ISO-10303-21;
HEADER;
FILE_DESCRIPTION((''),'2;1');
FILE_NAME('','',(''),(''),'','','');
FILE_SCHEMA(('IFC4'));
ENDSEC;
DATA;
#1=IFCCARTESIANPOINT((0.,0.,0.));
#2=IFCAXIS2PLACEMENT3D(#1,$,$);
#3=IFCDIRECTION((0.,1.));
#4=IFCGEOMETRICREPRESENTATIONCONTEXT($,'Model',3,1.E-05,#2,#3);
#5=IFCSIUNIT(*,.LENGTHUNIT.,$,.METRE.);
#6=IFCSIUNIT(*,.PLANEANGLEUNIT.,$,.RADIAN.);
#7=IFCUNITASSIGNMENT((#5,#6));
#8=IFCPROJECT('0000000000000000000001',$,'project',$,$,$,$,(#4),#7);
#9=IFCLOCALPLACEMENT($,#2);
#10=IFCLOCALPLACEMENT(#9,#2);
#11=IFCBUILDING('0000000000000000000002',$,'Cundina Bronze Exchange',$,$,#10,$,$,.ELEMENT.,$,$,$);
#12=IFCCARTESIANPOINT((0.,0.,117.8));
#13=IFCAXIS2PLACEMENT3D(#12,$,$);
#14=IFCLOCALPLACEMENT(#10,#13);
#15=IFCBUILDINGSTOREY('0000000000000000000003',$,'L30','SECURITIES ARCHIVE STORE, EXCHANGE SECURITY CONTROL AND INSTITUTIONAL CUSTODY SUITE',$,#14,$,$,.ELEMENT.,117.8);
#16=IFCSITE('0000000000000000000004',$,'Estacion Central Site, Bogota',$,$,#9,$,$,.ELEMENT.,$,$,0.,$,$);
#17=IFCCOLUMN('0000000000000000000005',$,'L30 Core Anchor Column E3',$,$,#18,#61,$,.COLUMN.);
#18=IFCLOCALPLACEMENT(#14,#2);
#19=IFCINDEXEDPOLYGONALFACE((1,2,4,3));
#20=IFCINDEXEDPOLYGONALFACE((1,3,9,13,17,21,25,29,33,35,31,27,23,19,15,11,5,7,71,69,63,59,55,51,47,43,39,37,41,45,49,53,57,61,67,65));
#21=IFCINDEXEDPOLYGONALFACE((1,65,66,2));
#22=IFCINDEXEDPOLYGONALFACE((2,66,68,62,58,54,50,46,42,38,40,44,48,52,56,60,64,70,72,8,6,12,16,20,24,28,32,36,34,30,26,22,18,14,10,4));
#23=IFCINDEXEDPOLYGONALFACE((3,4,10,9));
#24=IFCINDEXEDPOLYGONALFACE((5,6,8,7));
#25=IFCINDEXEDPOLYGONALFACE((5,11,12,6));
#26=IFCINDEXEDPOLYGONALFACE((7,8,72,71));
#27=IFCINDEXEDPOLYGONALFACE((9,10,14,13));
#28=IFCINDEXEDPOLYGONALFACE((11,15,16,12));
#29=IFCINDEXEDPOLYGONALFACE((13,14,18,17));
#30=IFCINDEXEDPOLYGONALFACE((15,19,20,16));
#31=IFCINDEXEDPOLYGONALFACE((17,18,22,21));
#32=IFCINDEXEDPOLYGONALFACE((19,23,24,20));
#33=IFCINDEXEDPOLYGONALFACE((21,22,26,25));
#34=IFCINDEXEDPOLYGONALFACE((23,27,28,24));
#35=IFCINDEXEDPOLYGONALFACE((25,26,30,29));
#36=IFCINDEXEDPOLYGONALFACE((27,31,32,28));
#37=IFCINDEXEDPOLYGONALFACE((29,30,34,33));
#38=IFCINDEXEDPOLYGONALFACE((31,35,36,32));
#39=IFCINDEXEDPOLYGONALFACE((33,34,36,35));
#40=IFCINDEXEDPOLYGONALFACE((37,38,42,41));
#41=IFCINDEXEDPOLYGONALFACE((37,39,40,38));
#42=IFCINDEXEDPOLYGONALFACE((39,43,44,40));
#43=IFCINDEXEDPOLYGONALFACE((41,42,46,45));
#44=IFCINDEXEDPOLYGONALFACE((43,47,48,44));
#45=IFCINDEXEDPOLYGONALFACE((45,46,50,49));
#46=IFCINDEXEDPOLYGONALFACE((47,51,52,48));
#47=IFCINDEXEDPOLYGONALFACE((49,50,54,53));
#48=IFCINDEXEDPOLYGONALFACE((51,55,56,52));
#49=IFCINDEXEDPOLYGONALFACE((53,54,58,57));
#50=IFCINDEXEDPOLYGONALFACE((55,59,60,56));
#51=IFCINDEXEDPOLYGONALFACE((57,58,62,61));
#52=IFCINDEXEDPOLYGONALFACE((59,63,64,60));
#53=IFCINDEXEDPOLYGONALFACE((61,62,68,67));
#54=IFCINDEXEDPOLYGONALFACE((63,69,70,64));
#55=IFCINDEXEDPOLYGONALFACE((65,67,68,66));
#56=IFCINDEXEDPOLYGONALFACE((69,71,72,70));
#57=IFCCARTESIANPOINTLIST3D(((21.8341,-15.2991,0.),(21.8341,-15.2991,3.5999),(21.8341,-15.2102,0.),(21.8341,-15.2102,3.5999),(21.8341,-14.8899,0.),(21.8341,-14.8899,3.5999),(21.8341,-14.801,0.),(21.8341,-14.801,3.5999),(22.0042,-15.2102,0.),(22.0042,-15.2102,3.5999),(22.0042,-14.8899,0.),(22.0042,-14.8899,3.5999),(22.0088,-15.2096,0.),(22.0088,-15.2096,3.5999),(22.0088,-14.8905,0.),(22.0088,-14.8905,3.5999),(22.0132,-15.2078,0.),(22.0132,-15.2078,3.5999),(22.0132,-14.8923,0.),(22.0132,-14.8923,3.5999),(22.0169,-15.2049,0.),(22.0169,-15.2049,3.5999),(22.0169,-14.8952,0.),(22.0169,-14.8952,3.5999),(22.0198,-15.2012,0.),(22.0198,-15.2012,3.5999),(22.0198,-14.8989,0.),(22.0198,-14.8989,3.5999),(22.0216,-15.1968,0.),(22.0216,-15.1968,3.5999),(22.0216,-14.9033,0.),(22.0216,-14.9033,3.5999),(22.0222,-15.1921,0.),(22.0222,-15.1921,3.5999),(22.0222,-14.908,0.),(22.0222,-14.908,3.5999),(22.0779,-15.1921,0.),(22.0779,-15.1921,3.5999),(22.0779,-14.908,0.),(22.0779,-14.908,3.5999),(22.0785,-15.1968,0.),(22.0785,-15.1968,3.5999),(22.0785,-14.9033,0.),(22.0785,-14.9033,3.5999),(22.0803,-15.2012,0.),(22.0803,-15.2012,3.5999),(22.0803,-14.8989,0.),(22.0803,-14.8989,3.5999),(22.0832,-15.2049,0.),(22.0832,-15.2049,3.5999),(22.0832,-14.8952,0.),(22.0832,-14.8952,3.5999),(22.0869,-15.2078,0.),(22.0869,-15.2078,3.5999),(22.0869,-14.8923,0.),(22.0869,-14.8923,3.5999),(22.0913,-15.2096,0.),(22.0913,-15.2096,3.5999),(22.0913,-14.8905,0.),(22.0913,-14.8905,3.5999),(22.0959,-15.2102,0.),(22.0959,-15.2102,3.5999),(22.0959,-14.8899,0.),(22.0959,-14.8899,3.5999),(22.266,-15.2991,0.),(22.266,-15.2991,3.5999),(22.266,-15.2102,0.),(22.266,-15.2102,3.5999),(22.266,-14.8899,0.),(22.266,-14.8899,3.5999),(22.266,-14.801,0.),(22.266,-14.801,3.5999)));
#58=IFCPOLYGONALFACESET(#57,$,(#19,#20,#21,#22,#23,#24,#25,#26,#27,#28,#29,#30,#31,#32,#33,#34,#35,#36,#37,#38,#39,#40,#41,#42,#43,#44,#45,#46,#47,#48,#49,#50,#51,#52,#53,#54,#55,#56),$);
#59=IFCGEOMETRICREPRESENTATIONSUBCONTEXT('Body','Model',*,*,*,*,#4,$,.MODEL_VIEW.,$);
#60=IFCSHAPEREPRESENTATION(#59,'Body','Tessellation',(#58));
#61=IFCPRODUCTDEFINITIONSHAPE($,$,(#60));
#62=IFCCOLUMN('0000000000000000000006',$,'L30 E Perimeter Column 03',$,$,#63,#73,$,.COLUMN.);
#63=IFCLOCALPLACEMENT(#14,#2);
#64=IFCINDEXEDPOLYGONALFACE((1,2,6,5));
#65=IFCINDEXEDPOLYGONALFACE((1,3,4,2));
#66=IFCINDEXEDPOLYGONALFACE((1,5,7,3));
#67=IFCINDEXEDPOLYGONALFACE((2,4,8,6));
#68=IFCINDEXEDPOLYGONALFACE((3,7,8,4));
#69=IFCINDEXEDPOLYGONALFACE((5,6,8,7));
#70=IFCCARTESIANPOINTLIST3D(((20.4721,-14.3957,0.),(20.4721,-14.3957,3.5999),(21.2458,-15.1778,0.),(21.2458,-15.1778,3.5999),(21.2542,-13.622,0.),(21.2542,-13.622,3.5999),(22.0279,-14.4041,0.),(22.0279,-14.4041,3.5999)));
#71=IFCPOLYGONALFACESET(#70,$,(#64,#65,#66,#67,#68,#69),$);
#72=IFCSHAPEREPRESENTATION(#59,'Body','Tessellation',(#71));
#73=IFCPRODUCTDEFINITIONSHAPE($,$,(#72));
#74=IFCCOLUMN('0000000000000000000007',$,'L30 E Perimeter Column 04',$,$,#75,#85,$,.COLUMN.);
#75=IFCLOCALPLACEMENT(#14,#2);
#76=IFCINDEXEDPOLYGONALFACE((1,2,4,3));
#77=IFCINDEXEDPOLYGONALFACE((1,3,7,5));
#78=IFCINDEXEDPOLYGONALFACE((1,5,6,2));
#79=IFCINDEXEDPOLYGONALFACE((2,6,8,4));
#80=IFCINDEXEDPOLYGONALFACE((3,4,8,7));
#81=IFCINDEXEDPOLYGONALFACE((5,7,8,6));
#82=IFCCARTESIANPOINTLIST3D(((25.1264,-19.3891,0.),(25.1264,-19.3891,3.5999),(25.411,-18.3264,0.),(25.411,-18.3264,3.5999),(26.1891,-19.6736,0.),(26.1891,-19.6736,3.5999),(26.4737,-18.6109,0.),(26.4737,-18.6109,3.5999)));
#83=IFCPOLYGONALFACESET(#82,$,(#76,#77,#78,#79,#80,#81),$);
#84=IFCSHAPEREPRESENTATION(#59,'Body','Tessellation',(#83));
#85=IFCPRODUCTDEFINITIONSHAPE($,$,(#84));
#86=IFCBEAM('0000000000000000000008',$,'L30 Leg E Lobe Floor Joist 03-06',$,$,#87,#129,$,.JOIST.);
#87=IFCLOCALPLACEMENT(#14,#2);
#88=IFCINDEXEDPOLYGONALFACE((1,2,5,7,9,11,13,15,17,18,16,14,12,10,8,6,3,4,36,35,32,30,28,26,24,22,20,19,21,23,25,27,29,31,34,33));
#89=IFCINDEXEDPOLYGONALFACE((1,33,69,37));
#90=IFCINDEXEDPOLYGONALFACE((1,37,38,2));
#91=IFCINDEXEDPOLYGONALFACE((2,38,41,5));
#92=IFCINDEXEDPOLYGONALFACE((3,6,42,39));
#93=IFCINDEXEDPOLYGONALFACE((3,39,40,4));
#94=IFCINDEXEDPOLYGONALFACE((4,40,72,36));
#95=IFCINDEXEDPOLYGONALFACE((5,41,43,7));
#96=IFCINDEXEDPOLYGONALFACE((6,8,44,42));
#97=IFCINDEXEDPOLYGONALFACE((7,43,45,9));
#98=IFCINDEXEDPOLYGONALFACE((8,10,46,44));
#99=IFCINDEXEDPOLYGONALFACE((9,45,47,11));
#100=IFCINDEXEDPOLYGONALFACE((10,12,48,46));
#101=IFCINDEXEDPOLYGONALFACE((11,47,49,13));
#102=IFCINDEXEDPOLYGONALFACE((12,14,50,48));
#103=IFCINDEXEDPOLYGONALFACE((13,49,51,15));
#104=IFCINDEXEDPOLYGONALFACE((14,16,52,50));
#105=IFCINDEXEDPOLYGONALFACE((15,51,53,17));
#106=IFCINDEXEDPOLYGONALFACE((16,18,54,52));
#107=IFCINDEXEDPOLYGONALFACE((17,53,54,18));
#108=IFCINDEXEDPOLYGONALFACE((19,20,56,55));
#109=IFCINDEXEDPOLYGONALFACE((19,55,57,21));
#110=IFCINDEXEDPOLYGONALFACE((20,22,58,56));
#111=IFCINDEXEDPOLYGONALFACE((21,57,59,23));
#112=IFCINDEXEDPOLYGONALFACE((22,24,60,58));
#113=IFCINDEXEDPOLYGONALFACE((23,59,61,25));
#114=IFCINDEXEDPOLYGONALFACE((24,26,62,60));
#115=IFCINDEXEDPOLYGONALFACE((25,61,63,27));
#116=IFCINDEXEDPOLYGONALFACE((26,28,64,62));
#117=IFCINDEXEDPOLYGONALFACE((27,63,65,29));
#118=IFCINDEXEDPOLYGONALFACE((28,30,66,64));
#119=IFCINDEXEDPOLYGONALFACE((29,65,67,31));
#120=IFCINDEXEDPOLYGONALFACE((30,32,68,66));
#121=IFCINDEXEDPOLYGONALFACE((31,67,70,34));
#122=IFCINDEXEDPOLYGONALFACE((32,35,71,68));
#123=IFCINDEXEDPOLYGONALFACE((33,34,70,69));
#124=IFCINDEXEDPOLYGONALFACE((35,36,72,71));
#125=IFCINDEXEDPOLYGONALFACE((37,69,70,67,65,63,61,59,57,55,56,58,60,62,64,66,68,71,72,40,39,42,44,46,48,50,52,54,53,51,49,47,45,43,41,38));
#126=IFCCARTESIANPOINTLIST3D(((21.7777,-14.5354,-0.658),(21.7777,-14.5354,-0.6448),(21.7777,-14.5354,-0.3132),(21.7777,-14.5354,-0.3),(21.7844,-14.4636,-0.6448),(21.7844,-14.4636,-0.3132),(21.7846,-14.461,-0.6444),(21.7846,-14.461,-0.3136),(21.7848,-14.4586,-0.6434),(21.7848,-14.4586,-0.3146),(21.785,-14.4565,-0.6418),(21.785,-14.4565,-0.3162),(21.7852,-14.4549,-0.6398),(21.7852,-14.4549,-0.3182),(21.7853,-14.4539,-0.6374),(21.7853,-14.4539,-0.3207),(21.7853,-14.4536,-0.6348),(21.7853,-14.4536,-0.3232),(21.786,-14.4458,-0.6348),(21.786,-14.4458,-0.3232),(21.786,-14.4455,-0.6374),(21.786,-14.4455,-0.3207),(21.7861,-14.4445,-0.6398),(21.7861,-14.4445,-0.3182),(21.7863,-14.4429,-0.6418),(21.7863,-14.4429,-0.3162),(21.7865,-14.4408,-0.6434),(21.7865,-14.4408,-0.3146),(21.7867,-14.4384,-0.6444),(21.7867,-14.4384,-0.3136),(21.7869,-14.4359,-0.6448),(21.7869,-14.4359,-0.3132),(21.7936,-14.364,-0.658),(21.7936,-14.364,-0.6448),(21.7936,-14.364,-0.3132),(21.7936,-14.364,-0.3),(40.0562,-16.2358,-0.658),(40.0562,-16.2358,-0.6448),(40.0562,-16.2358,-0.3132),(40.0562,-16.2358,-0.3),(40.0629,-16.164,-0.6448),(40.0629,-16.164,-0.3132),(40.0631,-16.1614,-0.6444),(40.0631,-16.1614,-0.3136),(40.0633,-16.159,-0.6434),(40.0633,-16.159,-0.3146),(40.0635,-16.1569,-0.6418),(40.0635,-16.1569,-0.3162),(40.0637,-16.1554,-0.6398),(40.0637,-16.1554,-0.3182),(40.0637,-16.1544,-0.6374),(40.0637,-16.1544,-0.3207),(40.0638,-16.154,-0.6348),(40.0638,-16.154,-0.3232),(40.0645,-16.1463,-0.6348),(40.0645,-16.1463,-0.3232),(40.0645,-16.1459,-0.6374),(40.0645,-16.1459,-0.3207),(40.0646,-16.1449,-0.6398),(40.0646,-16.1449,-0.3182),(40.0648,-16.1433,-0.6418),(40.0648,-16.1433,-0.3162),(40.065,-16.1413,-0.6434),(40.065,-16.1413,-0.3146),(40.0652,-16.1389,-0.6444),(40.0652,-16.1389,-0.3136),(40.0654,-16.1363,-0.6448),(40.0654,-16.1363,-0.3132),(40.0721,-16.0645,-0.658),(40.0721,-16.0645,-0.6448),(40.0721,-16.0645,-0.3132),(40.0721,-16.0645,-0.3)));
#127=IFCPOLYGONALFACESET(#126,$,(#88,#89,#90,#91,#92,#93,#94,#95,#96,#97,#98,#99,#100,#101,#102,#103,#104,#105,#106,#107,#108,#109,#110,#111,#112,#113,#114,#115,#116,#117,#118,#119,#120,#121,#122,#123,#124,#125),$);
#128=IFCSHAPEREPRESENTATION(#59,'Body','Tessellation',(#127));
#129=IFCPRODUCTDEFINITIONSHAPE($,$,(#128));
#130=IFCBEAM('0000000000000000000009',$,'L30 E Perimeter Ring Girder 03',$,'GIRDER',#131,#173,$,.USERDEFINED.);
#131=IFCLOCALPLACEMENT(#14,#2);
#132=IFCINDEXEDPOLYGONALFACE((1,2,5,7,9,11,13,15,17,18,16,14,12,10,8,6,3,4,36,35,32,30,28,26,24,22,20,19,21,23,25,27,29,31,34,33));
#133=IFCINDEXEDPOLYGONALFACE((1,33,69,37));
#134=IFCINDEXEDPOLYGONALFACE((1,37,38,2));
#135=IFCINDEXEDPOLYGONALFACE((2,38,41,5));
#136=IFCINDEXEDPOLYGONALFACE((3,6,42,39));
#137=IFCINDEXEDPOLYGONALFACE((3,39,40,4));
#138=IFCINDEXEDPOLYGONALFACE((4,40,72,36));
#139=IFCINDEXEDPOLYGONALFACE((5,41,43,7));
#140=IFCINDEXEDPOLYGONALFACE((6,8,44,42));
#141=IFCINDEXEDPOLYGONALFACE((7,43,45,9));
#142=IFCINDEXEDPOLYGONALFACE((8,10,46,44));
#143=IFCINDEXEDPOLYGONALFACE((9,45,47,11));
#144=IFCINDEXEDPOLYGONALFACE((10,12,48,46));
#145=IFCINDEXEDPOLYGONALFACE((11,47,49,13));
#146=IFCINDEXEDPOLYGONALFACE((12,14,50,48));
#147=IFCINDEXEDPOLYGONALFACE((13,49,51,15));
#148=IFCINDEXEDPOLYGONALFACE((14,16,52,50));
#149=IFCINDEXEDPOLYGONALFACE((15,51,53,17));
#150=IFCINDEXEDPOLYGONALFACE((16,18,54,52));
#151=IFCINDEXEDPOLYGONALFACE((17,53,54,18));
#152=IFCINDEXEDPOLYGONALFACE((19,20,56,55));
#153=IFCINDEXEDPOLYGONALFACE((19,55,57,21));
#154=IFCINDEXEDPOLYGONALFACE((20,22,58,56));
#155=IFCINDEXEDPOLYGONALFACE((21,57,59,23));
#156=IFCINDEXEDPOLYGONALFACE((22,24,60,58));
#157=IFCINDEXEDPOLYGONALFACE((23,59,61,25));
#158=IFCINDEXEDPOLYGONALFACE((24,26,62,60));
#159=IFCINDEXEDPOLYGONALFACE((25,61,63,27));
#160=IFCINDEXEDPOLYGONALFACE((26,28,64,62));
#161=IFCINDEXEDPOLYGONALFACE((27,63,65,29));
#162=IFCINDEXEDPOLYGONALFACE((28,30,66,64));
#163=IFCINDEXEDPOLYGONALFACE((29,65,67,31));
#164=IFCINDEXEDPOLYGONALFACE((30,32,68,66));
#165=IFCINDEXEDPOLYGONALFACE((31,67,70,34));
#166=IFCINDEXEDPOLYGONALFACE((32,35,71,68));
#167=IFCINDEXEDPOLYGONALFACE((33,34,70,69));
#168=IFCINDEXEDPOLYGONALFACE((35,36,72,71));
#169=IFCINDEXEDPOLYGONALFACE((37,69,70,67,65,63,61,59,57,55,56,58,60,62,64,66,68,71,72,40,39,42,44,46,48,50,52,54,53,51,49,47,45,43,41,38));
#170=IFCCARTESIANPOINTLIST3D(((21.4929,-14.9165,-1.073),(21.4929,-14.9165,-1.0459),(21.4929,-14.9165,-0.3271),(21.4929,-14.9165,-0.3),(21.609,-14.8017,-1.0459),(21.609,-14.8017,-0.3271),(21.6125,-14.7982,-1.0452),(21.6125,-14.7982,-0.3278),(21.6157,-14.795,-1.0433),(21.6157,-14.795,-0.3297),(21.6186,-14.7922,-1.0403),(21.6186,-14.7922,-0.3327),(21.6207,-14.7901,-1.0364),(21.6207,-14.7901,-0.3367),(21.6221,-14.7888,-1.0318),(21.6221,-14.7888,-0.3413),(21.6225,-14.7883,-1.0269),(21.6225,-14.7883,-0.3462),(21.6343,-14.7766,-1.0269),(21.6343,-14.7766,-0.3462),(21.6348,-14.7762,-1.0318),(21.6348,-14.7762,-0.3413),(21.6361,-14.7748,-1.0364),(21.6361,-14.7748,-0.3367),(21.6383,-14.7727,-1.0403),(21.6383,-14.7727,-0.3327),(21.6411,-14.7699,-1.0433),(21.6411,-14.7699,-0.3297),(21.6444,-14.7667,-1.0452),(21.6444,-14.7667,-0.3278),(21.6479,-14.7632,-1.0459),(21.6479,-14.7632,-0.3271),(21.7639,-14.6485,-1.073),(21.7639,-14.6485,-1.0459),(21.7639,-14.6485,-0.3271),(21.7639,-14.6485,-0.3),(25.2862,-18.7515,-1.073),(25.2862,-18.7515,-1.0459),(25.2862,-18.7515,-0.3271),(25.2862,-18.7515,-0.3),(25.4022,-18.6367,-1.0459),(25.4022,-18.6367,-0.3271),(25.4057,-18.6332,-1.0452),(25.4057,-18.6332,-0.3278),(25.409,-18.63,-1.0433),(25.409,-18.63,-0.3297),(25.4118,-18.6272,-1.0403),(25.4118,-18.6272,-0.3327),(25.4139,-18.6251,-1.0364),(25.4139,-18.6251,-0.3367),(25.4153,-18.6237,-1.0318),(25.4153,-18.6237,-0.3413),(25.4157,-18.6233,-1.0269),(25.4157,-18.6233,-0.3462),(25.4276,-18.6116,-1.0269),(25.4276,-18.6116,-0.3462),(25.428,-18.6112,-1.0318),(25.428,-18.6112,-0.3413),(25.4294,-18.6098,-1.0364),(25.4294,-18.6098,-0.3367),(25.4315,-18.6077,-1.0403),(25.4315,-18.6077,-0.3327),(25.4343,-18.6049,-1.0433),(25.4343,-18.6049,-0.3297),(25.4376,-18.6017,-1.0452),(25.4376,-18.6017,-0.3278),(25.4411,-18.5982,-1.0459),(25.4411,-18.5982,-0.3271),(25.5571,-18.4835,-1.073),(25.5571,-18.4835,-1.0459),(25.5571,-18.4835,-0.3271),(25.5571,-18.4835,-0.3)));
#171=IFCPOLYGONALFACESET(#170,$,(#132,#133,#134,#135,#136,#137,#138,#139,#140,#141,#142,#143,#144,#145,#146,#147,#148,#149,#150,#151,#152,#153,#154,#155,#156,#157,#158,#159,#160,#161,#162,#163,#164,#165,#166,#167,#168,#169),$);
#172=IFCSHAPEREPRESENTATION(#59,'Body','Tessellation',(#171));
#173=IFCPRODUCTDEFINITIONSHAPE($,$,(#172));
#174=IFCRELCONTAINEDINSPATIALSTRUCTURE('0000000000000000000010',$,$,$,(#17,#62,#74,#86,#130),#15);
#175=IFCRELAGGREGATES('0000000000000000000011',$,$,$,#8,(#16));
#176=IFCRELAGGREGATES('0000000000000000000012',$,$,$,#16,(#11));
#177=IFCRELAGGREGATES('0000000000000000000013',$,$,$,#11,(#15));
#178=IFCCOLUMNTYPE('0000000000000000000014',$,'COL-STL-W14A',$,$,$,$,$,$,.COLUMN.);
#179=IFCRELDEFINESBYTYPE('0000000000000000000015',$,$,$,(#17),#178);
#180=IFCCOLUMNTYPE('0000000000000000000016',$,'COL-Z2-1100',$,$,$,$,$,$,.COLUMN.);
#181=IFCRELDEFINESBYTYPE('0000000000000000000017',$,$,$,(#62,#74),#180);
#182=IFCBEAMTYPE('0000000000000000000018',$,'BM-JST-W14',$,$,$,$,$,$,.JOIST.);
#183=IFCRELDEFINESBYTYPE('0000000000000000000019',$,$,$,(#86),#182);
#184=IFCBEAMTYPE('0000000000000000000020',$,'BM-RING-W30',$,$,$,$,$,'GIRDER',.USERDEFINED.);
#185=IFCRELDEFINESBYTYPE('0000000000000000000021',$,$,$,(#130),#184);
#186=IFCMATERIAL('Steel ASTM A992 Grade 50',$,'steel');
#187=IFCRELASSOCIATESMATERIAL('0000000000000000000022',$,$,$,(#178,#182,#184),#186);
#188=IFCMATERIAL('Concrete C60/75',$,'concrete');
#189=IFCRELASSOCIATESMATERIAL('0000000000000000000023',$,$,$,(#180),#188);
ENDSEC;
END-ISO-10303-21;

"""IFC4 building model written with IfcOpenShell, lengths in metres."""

from ifc_helpers import new_model, si_unit, direction, frame, origin, origin_2d, place, context, subcontext, project, spatial, rectangle, i_section, extrude, material, material_profile, profile_set, type_object, element, save


model = new_model("IFC4")

# Units and contexts
model_context = context("Model", 3, precision=1e-05, world=origin(), true_north=direction((0.0, 1.0)))
body_context = subcontext(model_context, "Body", "Model", "MODEL_VIEW")
ifc_project = project(units=[si_unit("LENGTHUNIT", "METRE"), si_unit("PLANEANGLEUNIT", "RADIAN")], contexts=[model_context])

# Site, building, storey
site_placement = place(None, origin())
site = spatial("IfcSite", under=ifc_project, at=site_placement, Name="Estacion Central Site, Bogota", CompositionType="ELEMENT", RefElevation=0.0)
building_placement = place(site_placement, origin())
building = spatial("IfcBuilding", under=site, at=building_placement, Name="Cundina Bronze Exchange", CompositionType="ELEMENT")
storey_placement = place(building_placement, frame((0.0, 0.0, 117.8)))
storey = spatial("IfcBuildingStorey", under=building, at=storey_placement, Name="L30", Description="SECURITIES ARCHIVE STORE, EXCHANGE SECURITY CONTROL AND INSTITUTIONAL CUSTODY SUITE", CompositionType="ELEMENT", Elevation=117.8)

# Columns
ifc_material_1 = material(Name="Steel ASTM A992 Grade 50", Category="steel")
ifc_material_profile_1 = material_profile(ifc_material_1, i_section(OverallWidth=0.4319, OverallDepth=0.498, WebThickness=0.0557, FlangeThickness=0.0889, FilletRadius=0.0181, at=origin_2d()), Name="W14X500", Category="steel")
ifc_profile_set_1 = profile_set([ifc_material_profile_1], Name="Steel ASTM A992 Grade 50")
column_type_1 = type_object("IfcColumnType", Name="COL-STL-W14A", PredefinedType="COLUMN", material=ifc_profile_set_1)
column_placement = place(storey_placement, frame((22.05, -15.05, 0.0), z_axis=(0.0, 0.0, 1.0), x_axis=(1.0, 0.0, 0.0)))
element("IfcColumn", 1, at=column_placement, inside=storey, type_object=column_type_1, Name="L30 Core Anchor Column E3", PredefinedType="COLUMN", context=body_context, shape_type="SweptSolid", body=[
    extrude(i_section(OverallWidth=0.4319, OverallDepth=0.498, WebThickness=0.0557, FlangeThickness=0.0889, FilletRadius=0.0181, at=origin_2d()), origin(), (0.0, 0.0, 1.0), 3.5999),
])
ifc_material_2 = material(Name="Concrete C60/75", Category="concrete")
ifc_material_profile_2 = material_profile(ifc_material_2, rectangle(XDim=1.1001, YDim=1.1001, at=origin_2d()), Name="RC1100X1100", Category="concrete")
ifc_profile_set_2 = profile_set([ifc_material_profile_2], Name="Concrete C60/75")
column_type_2 = type_object("IfcColumnType", Name="COL-Z2-1100", PredefinedType="COLUMN", material=ifc_profile_set_2)
for number, where, z_axis, x_axis, name in (
    (2, (21.25, -14.3999, 0.0), (0.0, 0.0, 1.0), (0.703271, -0.710922, 0.0), "L30 E Perimeter Column 03"),
    (3, (25.8, -19.0, 0.0), (0.0, 0.0, 1.0), (0.965971, -0.25865, 0.0), "L30 E Perimeter Column 04"),
):
    element("IfcColumn", number, at=place(storey_placement, frame(where, z_axis=z_axis, x_axis=x_axis)), inside=storey, type_object=column_type_2, Name=name, PredefinedType="COLUMN", context=body_context, shape_type="SweptSolid", body=[
        extrude(rectangle(XDim=1.1001, YDim=1.1001, at=origin_2d()), origin(), (0.0, 0.0, 1.0), 3.5999),
    ])

# Beams
ifc_material_profile_3 = material_profile(ifc_material_1, i_section(OverallWidth=0.1721, OverallDepth=0.3579, WebThickness=0.0078, FlangeThickness=0.0132, FilletRadius=0.01, at=origin_2d()), Name="W14X38", Category="steel")
ifc_profile_set_3 = profile_set([ifc_material_profile_3], Name="Steel ASTM A992 Grade 50")
beam_type_1 = type_object("IfcBeamType", Name="BM-JST-W14", PredefinedType="JOIST", material=ifc_profile_set_3)
beam_1_placement = place(storey_placement, frame((21.7856, -14.4497, -0.479), z_axis=(0.995701, -0.092629, 0.0), x_axis=(0.092629, 0.995701, 0.0)))
element("IfcBeam", 4, at=beam_1_placement, inside=storey, type_object=beam_type_1, Name="L30 Leg E Lobe Floor Joist 03-06", PredefinedType="JOIST", context=body_context, shape_type="SweptSolid", body=[
    extrude(i_section(OverallWidth=0.1721, OverallDepth=0.3579, WebThickness=0.0078, FlangeThickness=0.0132, FilletRadius=0.01, at=origin_2d()), origin(), (0.0, 0.0, 1.0), 18.3574),
])
ifc_material_profile_4 = material_profile(ifc_material_1, i_section(OverallWidth=0.3811, OverallDepth=0.7729, WebThickness=0.0166, FlangeThickness=0.0271, FilletRadius=0.019, at=origin_2d()), Name="W30X173", Category="steel")
ifc_profile_set_4 = profile_set([ifc_material_profile_4], Name="Steel ASTM A992 Grade 50")
beam_type_2 = type_object("IfcBeamType", Name="BM-RING-W30", ElementType="GIRDER", PredefinedType="USERDEFINED", material=ifc_profile_set_4)
beam_2_placement = place(storey_placement, frame((21.6284, -14.7825, -0.6865), z_axis=(0.703226, -0.710966, 0.0), x_axis=(0.710966, 0.703226, 0.0)))
element("IfcBeam", 5, at=beam_2_placement, inside=storey, type_object=beam_type_2, Name="L30 E Perimeter Ring Girder 03", ObjectType="GIRDER", PredefinedType="USERDEFINED", context=body_context, shape_type="SweptSolid", body=[
    extrude(i_section(OverallWidth=0.3811, OverallDepth=0.7729, WebThickness=0.0166, FlangeThickness=0.0271, FilletRadius=0.019, at=origin_2d()), origin(), (0.0, 0.0, 1.0), 5.394),
])

save(model, "model.ifc")
